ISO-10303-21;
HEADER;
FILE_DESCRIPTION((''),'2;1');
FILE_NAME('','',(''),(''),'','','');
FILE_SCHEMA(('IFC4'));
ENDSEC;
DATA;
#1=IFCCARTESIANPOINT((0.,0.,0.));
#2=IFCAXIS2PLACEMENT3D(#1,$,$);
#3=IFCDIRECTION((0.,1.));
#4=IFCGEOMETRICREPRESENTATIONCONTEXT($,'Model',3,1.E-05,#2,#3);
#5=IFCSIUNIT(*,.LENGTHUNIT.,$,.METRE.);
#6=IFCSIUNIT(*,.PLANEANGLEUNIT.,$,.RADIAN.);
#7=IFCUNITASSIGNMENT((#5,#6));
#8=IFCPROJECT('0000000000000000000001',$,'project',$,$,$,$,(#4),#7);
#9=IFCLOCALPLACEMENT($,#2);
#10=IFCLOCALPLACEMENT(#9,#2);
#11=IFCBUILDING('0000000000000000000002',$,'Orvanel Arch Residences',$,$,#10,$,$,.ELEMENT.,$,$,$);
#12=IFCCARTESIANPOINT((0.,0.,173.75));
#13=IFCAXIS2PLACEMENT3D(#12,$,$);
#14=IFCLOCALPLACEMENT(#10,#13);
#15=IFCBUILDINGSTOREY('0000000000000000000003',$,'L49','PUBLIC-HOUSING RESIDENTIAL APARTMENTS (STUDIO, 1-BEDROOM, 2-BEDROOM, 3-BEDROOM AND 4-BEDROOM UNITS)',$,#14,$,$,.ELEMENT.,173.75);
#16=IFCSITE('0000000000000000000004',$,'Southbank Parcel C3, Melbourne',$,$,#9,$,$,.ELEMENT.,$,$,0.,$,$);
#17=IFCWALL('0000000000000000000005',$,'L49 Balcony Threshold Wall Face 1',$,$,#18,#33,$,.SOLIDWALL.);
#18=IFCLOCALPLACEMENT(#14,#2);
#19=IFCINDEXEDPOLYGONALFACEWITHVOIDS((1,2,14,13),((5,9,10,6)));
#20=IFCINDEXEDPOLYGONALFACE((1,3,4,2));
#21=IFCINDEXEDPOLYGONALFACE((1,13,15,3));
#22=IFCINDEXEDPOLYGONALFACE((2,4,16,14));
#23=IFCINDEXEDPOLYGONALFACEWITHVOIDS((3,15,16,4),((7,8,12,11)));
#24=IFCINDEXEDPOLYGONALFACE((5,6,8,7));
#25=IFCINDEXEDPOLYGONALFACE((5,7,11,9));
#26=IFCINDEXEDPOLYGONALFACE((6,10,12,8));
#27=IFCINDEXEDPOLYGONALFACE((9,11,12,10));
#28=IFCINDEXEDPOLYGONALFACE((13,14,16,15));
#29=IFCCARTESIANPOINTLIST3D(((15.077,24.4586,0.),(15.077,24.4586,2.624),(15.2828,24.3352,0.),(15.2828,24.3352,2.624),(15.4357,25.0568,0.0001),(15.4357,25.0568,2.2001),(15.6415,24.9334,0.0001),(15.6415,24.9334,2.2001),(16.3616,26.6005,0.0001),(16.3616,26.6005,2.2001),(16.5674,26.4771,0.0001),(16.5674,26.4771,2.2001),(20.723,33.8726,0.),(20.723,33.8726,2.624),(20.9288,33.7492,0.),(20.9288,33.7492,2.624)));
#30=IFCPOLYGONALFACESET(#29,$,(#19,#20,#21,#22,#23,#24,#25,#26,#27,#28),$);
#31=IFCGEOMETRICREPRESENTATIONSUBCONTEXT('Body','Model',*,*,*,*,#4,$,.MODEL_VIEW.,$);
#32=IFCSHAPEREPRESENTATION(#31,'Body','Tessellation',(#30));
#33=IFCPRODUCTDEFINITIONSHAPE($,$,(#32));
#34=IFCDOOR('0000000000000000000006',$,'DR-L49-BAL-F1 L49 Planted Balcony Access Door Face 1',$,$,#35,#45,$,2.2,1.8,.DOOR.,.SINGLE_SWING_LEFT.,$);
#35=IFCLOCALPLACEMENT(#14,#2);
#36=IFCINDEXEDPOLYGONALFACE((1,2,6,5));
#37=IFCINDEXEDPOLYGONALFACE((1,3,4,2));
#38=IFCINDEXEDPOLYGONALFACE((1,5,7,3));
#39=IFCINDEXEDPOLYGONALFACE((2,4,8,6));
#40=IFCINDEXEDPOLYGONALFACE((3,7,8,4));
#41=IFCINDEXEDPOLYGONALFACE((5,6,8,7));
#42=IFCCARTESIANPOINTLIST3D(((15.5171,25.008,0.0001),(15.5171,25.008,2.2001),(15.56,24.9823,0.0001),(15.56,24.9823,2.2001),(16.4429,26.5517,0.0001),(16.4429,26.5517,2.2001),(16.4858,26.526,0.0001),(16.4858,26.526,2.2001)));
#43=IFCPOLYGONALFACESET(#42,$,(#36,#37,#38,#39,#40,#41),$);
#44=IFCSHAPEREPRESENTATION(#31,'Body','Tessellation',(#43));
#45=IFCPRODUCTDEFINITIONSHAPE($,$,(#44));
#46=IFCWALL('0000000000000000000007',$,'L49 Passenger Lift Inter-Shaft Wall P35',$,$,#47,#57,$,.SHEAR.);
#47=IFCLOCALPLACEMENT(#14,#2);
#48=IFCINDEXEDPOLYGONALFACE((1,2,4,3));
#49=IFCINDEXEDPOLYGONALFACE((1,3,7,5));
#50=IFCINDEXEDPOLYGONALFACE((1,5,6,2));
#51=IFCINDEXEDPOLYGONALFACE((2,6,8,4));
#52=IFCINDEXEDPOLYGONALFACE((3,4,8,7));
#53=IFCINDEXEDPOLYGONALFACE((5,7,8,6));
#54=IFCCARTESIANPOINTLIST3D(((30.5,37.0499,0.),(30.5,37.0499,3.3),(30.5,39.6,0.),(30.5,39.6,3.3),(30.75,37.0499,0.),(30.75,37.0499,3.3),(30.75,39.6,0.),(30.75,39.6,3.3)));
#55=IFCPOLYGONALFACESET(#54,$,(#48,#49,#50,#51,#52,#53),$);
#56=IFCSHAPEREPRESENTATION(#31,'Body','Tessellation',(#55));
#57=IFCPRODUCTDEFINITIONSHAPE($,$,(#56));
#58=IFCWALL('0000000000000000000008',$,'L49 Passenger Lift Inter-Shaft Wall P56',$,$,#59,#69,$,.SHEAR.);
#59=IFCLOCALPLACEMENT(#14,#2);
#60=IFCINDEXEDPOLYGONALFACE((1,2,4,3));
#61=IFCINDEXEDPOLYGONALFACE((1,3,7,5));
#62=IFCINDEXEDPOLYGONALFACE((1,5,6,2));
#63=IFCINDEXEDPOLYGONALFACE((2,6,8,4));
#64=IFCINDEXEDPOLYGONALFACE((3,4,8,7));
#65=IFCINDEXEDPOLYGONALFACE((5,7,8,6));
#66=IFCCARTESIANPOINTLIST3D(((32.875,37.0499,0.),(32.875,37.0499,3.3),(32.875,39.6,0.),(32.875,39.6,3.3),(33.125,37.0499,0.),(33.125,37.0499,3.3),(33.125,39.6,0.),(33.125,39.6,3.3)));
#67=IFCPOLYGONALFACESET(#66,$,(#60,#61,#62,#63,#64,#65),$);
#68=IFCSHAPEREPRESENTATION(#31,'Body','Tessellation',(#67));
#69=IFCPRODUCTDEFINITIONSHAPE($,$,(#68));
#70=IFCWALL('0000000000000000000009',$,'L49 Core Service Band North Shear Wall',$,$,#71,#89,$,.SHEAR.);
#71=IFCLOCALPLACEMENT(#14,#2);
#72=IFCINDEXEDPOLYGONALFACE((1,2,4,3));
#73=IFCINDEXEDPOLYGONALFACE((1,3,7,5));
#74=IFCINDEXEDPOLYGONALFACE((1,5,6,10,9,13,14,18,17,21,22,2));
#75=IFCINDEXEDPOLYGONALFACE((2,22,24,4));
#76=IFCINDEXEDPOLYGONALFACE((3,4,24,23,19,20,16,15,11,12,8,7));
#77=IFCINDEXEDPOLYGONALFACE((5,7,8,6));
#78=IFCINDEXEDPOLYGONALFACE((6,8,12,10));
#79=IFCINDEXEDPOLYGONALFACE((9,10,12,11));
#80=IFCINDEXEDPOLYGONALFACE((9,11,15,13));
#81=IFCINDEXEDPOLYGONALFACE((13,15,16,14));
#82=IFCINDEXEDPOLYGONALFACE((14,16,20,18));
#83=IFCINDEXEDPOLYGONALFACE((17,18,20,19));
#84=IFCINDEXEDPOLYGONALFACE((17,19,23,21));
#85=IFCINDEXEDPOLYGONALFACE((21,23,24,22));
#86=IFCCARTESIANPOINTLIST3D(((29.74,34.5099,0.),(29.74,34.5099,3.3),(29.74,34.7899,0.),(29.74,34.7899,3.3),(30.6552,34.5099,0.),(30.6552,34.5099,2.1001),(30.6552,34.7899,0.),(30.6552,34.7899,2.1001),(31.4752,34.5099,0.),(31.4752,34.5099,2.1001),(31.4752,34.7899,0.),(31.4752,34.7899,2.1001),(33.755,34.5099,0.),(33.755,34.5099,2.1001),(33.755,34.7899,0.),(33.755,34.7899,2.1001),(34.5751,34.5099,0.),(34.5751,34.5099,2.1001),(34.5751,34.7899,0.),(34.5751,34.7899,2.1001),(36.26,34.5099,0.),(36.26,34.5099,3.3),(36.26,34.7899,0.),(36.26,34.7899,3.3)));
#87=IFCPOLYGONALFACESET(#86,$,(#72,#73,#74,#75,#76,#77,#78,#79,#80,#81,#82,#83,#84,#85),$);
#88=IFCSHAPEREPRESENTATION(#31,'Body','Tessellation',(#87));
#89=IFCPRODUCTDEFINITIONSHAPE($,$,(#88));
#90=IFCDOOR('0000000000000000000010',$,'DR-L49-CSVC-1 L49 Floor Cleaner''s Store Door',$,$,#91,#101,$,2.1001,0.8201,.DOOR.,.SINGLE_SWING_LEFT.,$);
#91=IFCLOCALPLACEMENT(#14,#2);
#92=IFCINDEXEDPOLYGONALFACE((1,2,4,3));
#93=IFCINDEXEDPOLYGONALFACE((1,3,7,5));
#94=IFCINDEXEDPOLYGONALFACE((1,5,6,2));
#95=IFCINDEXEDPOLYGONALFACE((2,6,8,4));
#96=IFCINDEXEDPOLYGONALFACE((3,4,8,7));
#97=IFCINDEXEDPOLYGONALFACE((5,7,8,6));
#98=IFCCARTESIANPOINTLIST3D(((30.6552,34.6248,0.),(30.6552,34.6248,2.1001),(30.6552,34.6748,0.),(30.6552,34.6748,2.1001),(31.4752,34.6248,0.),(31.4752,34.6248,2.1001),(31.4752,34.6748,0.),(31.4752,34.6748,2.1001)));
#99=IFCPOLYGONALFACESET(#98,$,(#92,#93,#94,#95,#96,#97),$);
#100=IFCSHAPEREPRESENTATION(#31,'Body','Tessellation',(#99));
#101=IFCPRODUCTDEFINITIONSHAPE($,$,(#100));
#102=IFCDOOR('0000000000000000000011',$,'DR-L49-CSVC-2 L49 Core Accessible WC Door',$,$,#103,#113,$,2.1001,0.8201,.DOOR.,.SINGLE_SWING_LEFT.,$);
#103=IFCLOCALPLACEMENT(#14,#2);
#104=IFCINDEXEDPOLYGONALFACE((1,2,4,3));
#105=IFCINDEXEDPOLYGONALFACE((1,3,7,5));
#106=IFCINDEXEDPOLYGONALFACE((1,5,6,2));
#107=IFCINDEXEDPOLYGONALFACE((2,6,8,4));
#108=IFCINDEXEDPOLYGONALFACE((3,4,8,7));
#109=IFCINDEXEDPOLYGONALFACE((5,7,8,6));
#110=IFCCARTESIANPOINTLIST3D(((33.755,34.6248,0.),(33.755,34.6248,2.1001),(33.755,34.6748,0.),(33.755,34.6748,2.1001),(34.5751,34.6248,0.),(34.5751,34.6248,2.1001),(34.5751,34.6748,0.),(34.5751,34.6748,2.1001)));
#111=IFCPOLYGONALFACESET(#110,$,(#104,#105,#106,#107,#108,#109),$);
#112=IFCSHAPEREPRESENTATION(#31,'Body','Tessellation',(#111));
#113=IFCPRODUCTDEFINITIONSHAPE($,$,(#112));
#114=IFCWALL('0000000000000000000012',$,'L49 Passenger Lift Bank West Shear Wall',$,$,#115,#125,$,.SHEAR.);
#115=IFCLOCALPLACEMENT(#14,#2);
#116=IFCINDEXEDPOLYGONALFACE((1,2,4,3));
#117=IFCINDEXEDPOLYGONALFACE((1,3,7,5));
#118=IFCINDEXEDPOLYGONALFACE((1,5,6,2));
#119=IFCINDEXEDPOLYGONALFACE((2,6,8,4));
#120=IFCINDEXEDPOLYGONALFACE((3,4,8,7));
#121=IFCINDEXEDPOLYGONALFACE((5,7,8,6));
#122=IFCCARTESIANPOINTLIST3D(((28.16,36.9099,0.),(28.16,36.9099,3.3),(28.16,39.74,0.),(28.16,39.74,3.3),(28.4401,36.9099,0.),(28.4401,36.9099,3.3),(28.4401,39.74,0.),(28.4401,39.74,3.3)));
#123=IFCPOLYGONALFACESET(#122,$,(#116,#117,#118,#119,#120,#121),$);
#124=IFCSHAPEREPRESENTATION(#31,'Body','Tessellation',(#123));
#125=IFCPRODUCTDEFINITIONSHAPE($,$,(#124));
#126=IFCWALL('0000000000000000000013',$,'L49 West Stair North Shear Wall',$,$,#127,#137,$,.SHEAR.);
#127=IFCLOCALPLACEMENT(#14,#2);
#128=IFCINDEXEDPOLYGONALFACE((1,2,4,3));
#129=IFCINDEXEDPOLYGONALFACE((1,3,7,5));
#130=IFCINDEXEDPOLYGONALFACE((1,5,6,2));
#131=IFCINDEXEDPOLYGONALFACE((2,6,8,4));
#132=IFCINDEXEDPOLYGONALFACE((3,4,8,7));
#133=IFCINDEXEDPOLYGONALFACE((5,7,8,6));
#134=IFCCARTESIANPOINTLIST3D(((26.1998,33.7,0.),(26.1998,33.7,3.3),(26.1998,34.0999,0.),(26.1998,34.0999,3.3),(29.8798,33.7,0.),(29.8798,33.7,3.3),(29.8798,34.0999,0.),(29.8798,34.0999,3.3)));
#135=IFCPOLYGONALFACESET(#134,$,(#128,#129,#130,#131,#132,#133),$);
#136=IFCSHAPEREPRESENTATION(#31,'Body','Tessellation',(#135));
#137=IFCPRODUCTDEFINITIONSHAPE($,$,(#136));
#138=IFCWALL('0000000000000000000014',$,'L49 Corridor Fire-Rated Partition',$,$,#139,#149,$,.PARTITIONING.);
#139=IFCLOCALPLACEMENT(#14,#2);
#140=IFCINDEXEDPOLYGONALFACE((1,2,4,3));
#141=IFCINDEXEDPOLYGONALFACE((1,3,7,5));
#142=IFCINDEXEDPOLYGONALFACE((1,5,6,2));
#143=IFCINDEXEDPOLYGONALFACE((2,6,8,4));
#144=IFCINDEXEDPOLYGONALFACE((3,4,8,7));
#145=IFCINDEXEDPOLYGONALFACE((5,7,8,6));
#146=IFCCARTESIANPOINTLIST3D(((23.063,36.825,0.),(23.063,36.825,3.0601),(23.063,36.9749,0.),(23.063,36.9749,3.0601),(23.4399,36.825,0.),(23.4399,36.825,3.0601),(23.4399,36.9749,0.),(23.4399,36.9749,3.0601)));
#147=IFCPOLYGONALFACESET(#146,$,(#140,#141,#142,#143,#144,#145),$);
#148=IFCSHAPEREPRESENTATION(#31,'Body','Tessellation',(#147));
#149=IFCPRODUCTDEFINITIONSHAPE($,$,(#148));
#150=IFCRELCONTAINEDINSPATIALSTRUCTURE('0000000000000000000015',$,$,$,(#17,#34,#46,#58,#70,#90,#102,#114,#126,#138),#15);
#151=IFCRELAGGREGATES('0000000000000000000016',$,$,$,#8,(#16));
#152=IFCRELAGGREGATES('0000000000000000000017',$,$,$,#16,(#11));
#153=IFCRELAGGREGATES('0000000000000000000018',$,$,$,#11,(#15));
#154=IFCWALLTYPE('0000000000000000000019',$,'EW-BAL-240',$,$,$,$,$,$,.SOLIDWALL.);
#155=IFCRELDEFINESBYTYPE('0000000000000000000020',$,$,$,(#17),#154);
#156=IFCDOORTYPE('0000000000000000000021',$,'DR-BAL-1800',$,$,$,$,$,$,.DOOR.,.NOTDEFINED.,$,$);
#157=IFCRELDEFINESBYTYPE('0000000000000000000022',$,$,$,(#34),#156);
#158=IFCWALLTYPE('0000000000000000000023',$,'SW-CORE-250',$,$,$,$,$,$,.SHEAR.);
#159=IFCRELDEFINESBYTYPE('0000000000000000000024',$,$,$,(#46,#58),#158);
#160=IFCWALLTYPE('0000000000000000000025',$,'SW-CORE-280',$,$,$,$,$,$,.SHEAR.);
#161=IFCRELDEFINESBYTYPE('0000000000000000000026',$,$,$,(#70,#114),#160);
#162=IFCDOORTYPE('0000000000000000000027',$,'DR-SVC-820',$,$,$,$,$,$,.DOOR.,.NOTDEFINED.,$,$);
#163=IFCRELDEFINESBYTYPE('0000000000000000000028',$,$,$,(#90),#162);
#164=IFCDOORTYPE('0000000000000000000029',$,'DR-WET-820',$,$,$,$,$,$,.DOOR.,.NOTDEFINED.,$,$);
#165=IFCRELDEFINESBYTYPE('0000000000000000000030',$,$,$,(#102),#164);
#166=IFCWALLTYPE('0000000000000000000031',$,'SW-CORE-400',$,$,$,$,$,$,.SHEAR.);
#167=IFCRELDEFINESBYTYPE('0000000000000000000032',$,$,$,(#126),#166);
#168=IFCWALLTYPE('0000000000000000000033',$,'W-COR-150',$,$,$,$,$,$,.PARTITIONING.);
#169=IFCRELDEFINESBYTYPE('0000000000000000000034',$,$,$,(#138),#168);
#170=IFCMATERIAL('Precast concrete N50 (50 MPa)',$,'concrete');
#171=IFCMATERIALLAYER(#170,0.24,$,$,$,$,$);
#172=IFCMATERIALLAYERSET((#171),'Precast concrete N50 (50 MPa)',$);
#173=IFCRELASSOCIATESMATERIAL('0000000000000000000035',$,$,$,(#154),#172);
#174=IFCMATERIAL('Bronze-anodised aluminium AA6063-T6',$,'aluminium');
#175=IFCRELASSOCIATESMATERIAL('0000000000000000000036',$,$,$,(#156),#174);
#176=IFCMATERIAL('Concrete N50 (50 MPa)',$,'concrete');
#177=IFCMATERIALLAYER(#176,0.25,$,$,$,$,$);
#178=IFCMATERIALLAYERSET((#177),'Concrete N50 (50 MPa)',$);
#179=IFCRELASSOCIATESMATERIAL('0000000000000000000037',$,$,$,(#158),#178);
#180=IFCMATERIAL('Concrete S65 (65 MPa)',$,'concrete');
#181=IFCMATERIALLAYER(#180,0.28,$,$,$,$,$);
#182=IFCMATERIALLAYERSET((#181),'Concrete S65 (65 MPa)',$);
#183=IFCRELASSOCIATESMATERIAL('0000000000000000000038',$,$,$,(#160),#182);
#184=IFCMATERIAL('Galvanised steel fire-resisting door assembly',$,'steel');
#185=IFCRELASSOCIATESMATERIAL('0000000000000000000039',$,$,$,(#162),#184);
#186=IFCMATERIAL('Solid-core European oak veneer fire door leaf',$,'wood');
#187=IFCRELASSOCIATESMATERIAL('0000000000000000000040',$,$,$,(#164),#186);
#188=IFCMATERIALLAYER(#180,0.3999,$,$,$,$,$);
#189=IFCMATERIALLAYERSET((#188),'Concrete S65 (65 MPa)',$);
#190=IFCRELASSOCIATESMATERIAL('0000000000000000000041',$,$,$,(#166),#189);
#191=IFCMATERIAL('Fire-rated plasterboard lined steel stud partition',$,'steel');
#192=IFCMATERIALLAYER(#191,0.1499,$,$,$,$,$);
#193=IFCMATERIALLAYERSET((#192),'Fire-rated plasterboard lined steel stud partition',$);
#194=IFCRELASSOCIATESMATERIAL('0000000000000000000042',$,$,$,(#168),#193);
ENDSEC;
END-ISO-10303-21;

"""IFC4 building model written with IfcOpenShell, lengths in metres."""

from ifc_helpers import new_model, si_unit, direction, frame, frame_2d, origin, place, context, subcontext, project, spatial, rectangle, extrude, material, layer, layer_set, type_object, element, fill, save


model = new_model("IFC4")

# Units and contexts
model_context = context("Model", 3, precision=1e-05, world=origin(), true_north=direction((0.0, 1.0)))
body_context = subcontext(model_context, "Body", "Model", "MODEL_VIEW")
ifc_project = project(units=[si_unit("LENGTHUNIT", "METRE"), si_unit("PLANEANGLEUNIT", "RADIAN")], contexts=[model_context])

# Site, building, storey
site_placement = place(None, origin())
site = spatial("IfcSite", under=ifc_project, at=site_placement, Name="Southbank Parcel C3, Melbourne", CompositionType="ELEMENT", RefElevation=0.0)
building_placement = place(site_placement, origin())
building = spatial("IfcBuilding", under=site, at=building_placement, Name="Orvanel Arch Residences", CompositionType="ELEMENT")
storey_placement = place(building_placement, frame((0.0, 0.0, 173.75)))
storey = spatial("IfcBuildingStorey", under=building, at=storey_placement, Name="L49", Description="PUBLIC-HOUSING RESIDENTIAL APARTMENTS (STUDIO, 1-BEDROOM, 2-BEDROOM, 3-BEDROOM AND 4-BEDROOM UNITS)", CompositionType="ELEMENT", Elevation=173.75)

# Shared definitions
ifc_material_1 = material(Name="Concrete S65 (65 MPa)", Category="concrete")

# Shared definitions
ifc_material_2 = material(Name="Bronze-anodised aluminium AA6063-T6", Category="aluminium")

# Wall, opening, door
ifc_material_3 = material(Name="Precast concrete N50 (50 MPa)", Category="concrete")
ifc_layer_1 = layer(ifc_material_3, 0.24)
ifc_layer_set_1 = layer_set([ifc_layer_1], Name="Precast concrete N50 (50 MPa)")
wall_type_1 = type_object("IfcWallType", Name="EW-BAL-240", PredefinedType="SOLIDWALL", material=ifc_layer_set_1)
wall_1_placement = place(storey_placement, frame((20.8259, 33.811, 0.0), z_axis=(0.0, 0.0, 1.0), x_axis=(-0.514332, -0.857591, 0.0)))
wall_1 = element("IfcWall", 1, at=wall_1_placement, inside=storey, type_object=wall_type_1, Name="L49 Balcony Threshold Wall Face 1", PredefinedType="SOLIDWALL", context=body_context, shape_type="SweptSolid", body=[
    extrude(rectangle(XDim=10.9773, YDim=0.24, at=frame_2d((5.4888, 0.0))), origin(), (0.0, 0.0, 1.0), 2.624),
])
opening_1_placement = place(wall_1_placement, frame((8.48, 0.0, 0.0)))
opening_1 = element("IfcOpeningElement", 2, at=opening_1_placement, cuts=wall_1, PredefinedType="OPENING", context=body_context, shape_type="SweptSolid", body=[
    extrude(rectangle(XDim=1.8, YDim=2.2, at=frame_2d((0.8999, 1.1001))), frame((0.0, 0.1299, 0.0), z_axis=(0.0, -1.0, 0.0), x_axis=(1.0, 0.0, 0.0)), (0.0, 0.0, 1.0), 0.26),
])
door_type_1 = type_object("IfcDoorType", Name="DR-BAL-1800", OperationType="NOTDEFINED", PredefinedType="DOOR", material=ifc_material_2)
door_1_placement = place(opening_1_placement, origin())
door_1 = element("IfcDoor", 3, at=door_1_placement, inside=storey, type_object=door_type_1, Name="DR-L49-BAL-F1 L49 Planted Balcony Access Door Face 1", OperationType="SINGLE_SWING_LEFT", OverallHeight=2.2, OverallWidth=1.8, PredefinedType="DOOR", context=body_context, shape_type="SweptSolid", body=[
    extrude(rectangle(XDim=1.8, YDim=2.2, at=frame_2d((0.8999, 1.1001))), frame((0.0, 0.0249, 0.0), z_axis=(0.0, -1.0, 0.0), x_axis=(1.0, 0.0, 0.0)), (0.0, 0.0, 1.0), 0.05),
])
fill(opening_1, door_1)

# Walls
ifc_material_4 = material(Name="Concrete N50 (50 MPa)", Category="concrete")
ifc_layer_2 = layer(ifc_material_4, 0.25)
ifc_layer_set_2 = layer_set([ifc_layer_2], Name="Concrete N50 (50 MPa)")
wall_type_2 = type_object("IfcWallType", Name="SW-CORE-250", PredefinedType="SHEAR", material=ifc_layer_set_2)
for number, where, z_axis, x_axis, name in (
    (4, (30.625, 37.05, 0.0), (0.0, 0.0, 1.0), (0.0, 1.0, 0.0), "L49 Passenger Lift Inter-Shaft Wall P35"),
    (5, (33.0, 37.05, 0.0), (0.0, 0.0, 1.0), (0.0, 1.0, 0.0), "L49 Passenger Lift Inter-Shaft Wall P56"),
):
    element("IfcWall", number, at=place(storey_placement, frame(where, z_axis=z_axis, x_axis=x_axis)), inside=storey, type_object=wall_type_2, Name=name, PredefinedType="SHEAR", context=body_context, shape_type="SweptSolid", body=[
        extrude(rectangle(XDim=2.55, YDim=0.25, at=frame_2d((1.2749, 0.0))), origin(), (0.0, 0.0, 1.0), 3.3),
    ])

# Wall, openings, doors
ifc_layer_3 = layer(ifc_material_1, 0.28)
ifc_layer_set_3 = layer_set([ifc_layer_3], Name="Concrete S65 (65 MPa)")
wall_type_3 = type_object("IfcWallType", Name="SW-CORE-280", PredefinedType="SHEAR", material=ifc_layer_set_3)
wall_2_placement = place(storey_placement, frame((29.74, 34.6499, 0.0), z_axis=(0.0, 0.0, 1.0), x_axis=(1.0, 0.0, 0.0)))
wall_2 = element("IfcWall", 6, at=wall_2_placement, inside=storey, type_object=wall_type_3, Name="L49 Core Service Band North Shear Wall", PredefinedType="SHEAR", context=body_context, shape_type="SweptSolid", body=[
    extrude(rectangle(XDim=6.52, YDim=0.28, at=frame_2d((3.26, 0.0))), origin(), (0.0, 0.0, 1.0), 3.3),
])
opening_2_placement = place(wall_2_placement, frame((0.915, 0.0, 0.0)))
opening_2 = element("IfcOpeningElement", 7, at=opening_2_placement, cuts=wall_2, PredefinedType="OPENING", context=body_context, shape_type="SweptSolid", body=[
    extrude(rectangle(XDim=0.8201, YDim=2.1001, at=frame_2d((0.4102, 1.05))), frame((0.0, 0.1499, 0.0), z_axis=(0.0, -1.0, 0.0), x_axis=(1.0, 0.0, 0.0)), (0.0, 0.0, 1.0), 0.3),
])
opening_3_placement = place(wall_2_placement, frame((4.0149, 0.0, 0.0)))
opening_3 = element("IfcOpeningElement", 8, at=opening_3_placement, cuts=wall_2, PredefinedType="OPENING", context=body_context, shape_type="SweptSolid", body=[
    extrude(rectangle(XDim=0.8201, YDim=2.1001, at=frame_2d((0.4102, 1.05))), frame((0.0, 0.1499, 0.0), z_axis=(0.0, -1.0, 0.0), x_axis=(1.0, 0.0, 0.0)), (0.0, 0.0, 1.0), 0.3),
])
ifc_material_5 = material(Name="Galvanised steel fire-resisting door assembly", Category="steel")
door_type_2 = type_object("IfcDoorType", Name="DR-SVC-820", OperationType="NOTDEFINED", PredefinedType="DOOR", material=ifc_material_5)
door_2_placement = place(opening_2_placement, origin())
door_2 = element("IfcDoor", 9, at=door_2_placement, inside=storey, type_object=door_type_2, Name="DR-L49-CSVC-1 L49 Floor Cleaner's Store Door", OperationType="SINGLE_SWING_LEFT", OverallHeight=2.1001, OverallWidth=0.8201, PredefinedType="DOOR", context=body_context, shape_type="SweptSolid", body=[
    extrude(rectangle(XDim=0.8201, YDim=2.1001, at=frame_2d((0.4102, 1.05))), frame((0.0, 0.0249, 0.0), z_axis=(0.0, -1.0, 0.0), x_axis=(1.0, 0.0, 0.0)), (0.0, 0.0, 1.0), 0.05),
])
fill(opening_2, door_2)
ifc_material_6 = material(Name="Solid-core European oak veneer fire door leaf", Category="wood")
door_type_3 = type_object("IfcDoorType", Name="DR-WET-820", OperationType="NOTDEFINED", PredefinedType="DOOR", material=ifc_material_6)
door_3_placement = place(opening_3_placement, origin())
door_3 = element("IfcDoor", 10, at=door_3_placement, inside=storey, type_object=door_type_3, Name="DR-L49-CSVC-2 L49 Core Accessible WC Door", OperationType="SINGLE_SWING_LEFT", OverallHeight=2.1001, OverallWidth=0.8201, PredefinedType="DOOR", context=body_context, shape_type="SweptSolid", body=[
    extrude(rectangle(XDim=0.8201, YDim=2.1001, at=frame_2d((0.4102, 1.05))), frame((0.0, 0.0249, 0.0), z_axis=(0.0, -1.0, 0.0), x_axis=(1.0, 0.0, 0.0)), (0.0, 0.0, 1.0), 0.05),
])
fill(opening_3, door_3)

# Walls
wall_3_placement = place(storey_placement, frame((28.3, 36.9099, 0.0), z_axis=(0.0, 0.0, 1.0), x_axis=(0.0, 1.0, 0.0)))
element("IfcWall", 11, at=wall_3_placement, inside=storey, type_object=wall_type_3, Name="L49 Passenger Lift Bank West Shear Wall", PredefinedType="SHEAR", context=body_context, shape_type="SweptSolid", body=[
    extrude(rectangle(XDim=2.8301, YDim=0.28, at=frame_2d((1.415, 0.0))), origin(), (0.0, 0.0, 1.0), 3.3),
])
ifc_layer_4 = layer(ifc_material_1, 0.3999)
ifc_layer_set_4 = layer_set([ifc_layer_4], Name="Concrete S65 (65 MPa)")
wall_type_4 = type_object("IfcWallType", Name="SW-CORE-400", PredefinedType="SHEAR", material=ifc_layer_set_4)
wall_4_placement = place(storey_placement, frame((26.2, 33.8999, 0.0), z_axis=(0.0, 0.0, 1.0), x_axis=(1.0, 0.0, 0.0)))
element("IfcWall", 12, at=wall_4_placement, inside=storey, type_object=wall_type_4, Name="L49 West Stair North Shear Wall", PredefinedType="SHEAR", context=body_context, shape_type="SweptSolid", body=[
    extrude(rectangle(XDim=3.6799, YDim=0.3999, at=frame_2d((1.8398, 0.0))), origin(), (0.0, 0.0, 1.0), 3.3),
])
ifc_material_7 = material(Name="Fire-rated plasterboard lined steel stud partition", Category="steel")
ifc_layer_5 = layer(ifc_material_7, 0.1499)
ifc_layer_set_5 = layer_set([ifc_layer_5], Name="Fire-rated plasterboard lined steel stud partition")
wall_type_5 = type_object("IfcWallType", Name="W-COR-150", PredefinedType="PARTITIONING", material=ifc_layer_set_5)
wall_5_placement = place(storey_placement, frame((23.063, 36.8999, 0.0), z_axis=(0.0, 0.0, 1.0), x_axis=(1.0, 0.0, 0.0)))
element("IfcWall", 13, at=wall_5_placement, inside=storey, type_object=wall_type_5, Name="L49 Corridor Fire-Rated Partition", PredefinedType="PARTITIONING", context=body_context, shape_type="SweptSolid", body=[
    extrude(rectangle(XDim=0.377, YDim=0.1499, at=frame_2d((0.1885, 0.0))), origin(), (0.0, 0.0, 1.0), 3.0601),
])

save(model, "model.ifc")
